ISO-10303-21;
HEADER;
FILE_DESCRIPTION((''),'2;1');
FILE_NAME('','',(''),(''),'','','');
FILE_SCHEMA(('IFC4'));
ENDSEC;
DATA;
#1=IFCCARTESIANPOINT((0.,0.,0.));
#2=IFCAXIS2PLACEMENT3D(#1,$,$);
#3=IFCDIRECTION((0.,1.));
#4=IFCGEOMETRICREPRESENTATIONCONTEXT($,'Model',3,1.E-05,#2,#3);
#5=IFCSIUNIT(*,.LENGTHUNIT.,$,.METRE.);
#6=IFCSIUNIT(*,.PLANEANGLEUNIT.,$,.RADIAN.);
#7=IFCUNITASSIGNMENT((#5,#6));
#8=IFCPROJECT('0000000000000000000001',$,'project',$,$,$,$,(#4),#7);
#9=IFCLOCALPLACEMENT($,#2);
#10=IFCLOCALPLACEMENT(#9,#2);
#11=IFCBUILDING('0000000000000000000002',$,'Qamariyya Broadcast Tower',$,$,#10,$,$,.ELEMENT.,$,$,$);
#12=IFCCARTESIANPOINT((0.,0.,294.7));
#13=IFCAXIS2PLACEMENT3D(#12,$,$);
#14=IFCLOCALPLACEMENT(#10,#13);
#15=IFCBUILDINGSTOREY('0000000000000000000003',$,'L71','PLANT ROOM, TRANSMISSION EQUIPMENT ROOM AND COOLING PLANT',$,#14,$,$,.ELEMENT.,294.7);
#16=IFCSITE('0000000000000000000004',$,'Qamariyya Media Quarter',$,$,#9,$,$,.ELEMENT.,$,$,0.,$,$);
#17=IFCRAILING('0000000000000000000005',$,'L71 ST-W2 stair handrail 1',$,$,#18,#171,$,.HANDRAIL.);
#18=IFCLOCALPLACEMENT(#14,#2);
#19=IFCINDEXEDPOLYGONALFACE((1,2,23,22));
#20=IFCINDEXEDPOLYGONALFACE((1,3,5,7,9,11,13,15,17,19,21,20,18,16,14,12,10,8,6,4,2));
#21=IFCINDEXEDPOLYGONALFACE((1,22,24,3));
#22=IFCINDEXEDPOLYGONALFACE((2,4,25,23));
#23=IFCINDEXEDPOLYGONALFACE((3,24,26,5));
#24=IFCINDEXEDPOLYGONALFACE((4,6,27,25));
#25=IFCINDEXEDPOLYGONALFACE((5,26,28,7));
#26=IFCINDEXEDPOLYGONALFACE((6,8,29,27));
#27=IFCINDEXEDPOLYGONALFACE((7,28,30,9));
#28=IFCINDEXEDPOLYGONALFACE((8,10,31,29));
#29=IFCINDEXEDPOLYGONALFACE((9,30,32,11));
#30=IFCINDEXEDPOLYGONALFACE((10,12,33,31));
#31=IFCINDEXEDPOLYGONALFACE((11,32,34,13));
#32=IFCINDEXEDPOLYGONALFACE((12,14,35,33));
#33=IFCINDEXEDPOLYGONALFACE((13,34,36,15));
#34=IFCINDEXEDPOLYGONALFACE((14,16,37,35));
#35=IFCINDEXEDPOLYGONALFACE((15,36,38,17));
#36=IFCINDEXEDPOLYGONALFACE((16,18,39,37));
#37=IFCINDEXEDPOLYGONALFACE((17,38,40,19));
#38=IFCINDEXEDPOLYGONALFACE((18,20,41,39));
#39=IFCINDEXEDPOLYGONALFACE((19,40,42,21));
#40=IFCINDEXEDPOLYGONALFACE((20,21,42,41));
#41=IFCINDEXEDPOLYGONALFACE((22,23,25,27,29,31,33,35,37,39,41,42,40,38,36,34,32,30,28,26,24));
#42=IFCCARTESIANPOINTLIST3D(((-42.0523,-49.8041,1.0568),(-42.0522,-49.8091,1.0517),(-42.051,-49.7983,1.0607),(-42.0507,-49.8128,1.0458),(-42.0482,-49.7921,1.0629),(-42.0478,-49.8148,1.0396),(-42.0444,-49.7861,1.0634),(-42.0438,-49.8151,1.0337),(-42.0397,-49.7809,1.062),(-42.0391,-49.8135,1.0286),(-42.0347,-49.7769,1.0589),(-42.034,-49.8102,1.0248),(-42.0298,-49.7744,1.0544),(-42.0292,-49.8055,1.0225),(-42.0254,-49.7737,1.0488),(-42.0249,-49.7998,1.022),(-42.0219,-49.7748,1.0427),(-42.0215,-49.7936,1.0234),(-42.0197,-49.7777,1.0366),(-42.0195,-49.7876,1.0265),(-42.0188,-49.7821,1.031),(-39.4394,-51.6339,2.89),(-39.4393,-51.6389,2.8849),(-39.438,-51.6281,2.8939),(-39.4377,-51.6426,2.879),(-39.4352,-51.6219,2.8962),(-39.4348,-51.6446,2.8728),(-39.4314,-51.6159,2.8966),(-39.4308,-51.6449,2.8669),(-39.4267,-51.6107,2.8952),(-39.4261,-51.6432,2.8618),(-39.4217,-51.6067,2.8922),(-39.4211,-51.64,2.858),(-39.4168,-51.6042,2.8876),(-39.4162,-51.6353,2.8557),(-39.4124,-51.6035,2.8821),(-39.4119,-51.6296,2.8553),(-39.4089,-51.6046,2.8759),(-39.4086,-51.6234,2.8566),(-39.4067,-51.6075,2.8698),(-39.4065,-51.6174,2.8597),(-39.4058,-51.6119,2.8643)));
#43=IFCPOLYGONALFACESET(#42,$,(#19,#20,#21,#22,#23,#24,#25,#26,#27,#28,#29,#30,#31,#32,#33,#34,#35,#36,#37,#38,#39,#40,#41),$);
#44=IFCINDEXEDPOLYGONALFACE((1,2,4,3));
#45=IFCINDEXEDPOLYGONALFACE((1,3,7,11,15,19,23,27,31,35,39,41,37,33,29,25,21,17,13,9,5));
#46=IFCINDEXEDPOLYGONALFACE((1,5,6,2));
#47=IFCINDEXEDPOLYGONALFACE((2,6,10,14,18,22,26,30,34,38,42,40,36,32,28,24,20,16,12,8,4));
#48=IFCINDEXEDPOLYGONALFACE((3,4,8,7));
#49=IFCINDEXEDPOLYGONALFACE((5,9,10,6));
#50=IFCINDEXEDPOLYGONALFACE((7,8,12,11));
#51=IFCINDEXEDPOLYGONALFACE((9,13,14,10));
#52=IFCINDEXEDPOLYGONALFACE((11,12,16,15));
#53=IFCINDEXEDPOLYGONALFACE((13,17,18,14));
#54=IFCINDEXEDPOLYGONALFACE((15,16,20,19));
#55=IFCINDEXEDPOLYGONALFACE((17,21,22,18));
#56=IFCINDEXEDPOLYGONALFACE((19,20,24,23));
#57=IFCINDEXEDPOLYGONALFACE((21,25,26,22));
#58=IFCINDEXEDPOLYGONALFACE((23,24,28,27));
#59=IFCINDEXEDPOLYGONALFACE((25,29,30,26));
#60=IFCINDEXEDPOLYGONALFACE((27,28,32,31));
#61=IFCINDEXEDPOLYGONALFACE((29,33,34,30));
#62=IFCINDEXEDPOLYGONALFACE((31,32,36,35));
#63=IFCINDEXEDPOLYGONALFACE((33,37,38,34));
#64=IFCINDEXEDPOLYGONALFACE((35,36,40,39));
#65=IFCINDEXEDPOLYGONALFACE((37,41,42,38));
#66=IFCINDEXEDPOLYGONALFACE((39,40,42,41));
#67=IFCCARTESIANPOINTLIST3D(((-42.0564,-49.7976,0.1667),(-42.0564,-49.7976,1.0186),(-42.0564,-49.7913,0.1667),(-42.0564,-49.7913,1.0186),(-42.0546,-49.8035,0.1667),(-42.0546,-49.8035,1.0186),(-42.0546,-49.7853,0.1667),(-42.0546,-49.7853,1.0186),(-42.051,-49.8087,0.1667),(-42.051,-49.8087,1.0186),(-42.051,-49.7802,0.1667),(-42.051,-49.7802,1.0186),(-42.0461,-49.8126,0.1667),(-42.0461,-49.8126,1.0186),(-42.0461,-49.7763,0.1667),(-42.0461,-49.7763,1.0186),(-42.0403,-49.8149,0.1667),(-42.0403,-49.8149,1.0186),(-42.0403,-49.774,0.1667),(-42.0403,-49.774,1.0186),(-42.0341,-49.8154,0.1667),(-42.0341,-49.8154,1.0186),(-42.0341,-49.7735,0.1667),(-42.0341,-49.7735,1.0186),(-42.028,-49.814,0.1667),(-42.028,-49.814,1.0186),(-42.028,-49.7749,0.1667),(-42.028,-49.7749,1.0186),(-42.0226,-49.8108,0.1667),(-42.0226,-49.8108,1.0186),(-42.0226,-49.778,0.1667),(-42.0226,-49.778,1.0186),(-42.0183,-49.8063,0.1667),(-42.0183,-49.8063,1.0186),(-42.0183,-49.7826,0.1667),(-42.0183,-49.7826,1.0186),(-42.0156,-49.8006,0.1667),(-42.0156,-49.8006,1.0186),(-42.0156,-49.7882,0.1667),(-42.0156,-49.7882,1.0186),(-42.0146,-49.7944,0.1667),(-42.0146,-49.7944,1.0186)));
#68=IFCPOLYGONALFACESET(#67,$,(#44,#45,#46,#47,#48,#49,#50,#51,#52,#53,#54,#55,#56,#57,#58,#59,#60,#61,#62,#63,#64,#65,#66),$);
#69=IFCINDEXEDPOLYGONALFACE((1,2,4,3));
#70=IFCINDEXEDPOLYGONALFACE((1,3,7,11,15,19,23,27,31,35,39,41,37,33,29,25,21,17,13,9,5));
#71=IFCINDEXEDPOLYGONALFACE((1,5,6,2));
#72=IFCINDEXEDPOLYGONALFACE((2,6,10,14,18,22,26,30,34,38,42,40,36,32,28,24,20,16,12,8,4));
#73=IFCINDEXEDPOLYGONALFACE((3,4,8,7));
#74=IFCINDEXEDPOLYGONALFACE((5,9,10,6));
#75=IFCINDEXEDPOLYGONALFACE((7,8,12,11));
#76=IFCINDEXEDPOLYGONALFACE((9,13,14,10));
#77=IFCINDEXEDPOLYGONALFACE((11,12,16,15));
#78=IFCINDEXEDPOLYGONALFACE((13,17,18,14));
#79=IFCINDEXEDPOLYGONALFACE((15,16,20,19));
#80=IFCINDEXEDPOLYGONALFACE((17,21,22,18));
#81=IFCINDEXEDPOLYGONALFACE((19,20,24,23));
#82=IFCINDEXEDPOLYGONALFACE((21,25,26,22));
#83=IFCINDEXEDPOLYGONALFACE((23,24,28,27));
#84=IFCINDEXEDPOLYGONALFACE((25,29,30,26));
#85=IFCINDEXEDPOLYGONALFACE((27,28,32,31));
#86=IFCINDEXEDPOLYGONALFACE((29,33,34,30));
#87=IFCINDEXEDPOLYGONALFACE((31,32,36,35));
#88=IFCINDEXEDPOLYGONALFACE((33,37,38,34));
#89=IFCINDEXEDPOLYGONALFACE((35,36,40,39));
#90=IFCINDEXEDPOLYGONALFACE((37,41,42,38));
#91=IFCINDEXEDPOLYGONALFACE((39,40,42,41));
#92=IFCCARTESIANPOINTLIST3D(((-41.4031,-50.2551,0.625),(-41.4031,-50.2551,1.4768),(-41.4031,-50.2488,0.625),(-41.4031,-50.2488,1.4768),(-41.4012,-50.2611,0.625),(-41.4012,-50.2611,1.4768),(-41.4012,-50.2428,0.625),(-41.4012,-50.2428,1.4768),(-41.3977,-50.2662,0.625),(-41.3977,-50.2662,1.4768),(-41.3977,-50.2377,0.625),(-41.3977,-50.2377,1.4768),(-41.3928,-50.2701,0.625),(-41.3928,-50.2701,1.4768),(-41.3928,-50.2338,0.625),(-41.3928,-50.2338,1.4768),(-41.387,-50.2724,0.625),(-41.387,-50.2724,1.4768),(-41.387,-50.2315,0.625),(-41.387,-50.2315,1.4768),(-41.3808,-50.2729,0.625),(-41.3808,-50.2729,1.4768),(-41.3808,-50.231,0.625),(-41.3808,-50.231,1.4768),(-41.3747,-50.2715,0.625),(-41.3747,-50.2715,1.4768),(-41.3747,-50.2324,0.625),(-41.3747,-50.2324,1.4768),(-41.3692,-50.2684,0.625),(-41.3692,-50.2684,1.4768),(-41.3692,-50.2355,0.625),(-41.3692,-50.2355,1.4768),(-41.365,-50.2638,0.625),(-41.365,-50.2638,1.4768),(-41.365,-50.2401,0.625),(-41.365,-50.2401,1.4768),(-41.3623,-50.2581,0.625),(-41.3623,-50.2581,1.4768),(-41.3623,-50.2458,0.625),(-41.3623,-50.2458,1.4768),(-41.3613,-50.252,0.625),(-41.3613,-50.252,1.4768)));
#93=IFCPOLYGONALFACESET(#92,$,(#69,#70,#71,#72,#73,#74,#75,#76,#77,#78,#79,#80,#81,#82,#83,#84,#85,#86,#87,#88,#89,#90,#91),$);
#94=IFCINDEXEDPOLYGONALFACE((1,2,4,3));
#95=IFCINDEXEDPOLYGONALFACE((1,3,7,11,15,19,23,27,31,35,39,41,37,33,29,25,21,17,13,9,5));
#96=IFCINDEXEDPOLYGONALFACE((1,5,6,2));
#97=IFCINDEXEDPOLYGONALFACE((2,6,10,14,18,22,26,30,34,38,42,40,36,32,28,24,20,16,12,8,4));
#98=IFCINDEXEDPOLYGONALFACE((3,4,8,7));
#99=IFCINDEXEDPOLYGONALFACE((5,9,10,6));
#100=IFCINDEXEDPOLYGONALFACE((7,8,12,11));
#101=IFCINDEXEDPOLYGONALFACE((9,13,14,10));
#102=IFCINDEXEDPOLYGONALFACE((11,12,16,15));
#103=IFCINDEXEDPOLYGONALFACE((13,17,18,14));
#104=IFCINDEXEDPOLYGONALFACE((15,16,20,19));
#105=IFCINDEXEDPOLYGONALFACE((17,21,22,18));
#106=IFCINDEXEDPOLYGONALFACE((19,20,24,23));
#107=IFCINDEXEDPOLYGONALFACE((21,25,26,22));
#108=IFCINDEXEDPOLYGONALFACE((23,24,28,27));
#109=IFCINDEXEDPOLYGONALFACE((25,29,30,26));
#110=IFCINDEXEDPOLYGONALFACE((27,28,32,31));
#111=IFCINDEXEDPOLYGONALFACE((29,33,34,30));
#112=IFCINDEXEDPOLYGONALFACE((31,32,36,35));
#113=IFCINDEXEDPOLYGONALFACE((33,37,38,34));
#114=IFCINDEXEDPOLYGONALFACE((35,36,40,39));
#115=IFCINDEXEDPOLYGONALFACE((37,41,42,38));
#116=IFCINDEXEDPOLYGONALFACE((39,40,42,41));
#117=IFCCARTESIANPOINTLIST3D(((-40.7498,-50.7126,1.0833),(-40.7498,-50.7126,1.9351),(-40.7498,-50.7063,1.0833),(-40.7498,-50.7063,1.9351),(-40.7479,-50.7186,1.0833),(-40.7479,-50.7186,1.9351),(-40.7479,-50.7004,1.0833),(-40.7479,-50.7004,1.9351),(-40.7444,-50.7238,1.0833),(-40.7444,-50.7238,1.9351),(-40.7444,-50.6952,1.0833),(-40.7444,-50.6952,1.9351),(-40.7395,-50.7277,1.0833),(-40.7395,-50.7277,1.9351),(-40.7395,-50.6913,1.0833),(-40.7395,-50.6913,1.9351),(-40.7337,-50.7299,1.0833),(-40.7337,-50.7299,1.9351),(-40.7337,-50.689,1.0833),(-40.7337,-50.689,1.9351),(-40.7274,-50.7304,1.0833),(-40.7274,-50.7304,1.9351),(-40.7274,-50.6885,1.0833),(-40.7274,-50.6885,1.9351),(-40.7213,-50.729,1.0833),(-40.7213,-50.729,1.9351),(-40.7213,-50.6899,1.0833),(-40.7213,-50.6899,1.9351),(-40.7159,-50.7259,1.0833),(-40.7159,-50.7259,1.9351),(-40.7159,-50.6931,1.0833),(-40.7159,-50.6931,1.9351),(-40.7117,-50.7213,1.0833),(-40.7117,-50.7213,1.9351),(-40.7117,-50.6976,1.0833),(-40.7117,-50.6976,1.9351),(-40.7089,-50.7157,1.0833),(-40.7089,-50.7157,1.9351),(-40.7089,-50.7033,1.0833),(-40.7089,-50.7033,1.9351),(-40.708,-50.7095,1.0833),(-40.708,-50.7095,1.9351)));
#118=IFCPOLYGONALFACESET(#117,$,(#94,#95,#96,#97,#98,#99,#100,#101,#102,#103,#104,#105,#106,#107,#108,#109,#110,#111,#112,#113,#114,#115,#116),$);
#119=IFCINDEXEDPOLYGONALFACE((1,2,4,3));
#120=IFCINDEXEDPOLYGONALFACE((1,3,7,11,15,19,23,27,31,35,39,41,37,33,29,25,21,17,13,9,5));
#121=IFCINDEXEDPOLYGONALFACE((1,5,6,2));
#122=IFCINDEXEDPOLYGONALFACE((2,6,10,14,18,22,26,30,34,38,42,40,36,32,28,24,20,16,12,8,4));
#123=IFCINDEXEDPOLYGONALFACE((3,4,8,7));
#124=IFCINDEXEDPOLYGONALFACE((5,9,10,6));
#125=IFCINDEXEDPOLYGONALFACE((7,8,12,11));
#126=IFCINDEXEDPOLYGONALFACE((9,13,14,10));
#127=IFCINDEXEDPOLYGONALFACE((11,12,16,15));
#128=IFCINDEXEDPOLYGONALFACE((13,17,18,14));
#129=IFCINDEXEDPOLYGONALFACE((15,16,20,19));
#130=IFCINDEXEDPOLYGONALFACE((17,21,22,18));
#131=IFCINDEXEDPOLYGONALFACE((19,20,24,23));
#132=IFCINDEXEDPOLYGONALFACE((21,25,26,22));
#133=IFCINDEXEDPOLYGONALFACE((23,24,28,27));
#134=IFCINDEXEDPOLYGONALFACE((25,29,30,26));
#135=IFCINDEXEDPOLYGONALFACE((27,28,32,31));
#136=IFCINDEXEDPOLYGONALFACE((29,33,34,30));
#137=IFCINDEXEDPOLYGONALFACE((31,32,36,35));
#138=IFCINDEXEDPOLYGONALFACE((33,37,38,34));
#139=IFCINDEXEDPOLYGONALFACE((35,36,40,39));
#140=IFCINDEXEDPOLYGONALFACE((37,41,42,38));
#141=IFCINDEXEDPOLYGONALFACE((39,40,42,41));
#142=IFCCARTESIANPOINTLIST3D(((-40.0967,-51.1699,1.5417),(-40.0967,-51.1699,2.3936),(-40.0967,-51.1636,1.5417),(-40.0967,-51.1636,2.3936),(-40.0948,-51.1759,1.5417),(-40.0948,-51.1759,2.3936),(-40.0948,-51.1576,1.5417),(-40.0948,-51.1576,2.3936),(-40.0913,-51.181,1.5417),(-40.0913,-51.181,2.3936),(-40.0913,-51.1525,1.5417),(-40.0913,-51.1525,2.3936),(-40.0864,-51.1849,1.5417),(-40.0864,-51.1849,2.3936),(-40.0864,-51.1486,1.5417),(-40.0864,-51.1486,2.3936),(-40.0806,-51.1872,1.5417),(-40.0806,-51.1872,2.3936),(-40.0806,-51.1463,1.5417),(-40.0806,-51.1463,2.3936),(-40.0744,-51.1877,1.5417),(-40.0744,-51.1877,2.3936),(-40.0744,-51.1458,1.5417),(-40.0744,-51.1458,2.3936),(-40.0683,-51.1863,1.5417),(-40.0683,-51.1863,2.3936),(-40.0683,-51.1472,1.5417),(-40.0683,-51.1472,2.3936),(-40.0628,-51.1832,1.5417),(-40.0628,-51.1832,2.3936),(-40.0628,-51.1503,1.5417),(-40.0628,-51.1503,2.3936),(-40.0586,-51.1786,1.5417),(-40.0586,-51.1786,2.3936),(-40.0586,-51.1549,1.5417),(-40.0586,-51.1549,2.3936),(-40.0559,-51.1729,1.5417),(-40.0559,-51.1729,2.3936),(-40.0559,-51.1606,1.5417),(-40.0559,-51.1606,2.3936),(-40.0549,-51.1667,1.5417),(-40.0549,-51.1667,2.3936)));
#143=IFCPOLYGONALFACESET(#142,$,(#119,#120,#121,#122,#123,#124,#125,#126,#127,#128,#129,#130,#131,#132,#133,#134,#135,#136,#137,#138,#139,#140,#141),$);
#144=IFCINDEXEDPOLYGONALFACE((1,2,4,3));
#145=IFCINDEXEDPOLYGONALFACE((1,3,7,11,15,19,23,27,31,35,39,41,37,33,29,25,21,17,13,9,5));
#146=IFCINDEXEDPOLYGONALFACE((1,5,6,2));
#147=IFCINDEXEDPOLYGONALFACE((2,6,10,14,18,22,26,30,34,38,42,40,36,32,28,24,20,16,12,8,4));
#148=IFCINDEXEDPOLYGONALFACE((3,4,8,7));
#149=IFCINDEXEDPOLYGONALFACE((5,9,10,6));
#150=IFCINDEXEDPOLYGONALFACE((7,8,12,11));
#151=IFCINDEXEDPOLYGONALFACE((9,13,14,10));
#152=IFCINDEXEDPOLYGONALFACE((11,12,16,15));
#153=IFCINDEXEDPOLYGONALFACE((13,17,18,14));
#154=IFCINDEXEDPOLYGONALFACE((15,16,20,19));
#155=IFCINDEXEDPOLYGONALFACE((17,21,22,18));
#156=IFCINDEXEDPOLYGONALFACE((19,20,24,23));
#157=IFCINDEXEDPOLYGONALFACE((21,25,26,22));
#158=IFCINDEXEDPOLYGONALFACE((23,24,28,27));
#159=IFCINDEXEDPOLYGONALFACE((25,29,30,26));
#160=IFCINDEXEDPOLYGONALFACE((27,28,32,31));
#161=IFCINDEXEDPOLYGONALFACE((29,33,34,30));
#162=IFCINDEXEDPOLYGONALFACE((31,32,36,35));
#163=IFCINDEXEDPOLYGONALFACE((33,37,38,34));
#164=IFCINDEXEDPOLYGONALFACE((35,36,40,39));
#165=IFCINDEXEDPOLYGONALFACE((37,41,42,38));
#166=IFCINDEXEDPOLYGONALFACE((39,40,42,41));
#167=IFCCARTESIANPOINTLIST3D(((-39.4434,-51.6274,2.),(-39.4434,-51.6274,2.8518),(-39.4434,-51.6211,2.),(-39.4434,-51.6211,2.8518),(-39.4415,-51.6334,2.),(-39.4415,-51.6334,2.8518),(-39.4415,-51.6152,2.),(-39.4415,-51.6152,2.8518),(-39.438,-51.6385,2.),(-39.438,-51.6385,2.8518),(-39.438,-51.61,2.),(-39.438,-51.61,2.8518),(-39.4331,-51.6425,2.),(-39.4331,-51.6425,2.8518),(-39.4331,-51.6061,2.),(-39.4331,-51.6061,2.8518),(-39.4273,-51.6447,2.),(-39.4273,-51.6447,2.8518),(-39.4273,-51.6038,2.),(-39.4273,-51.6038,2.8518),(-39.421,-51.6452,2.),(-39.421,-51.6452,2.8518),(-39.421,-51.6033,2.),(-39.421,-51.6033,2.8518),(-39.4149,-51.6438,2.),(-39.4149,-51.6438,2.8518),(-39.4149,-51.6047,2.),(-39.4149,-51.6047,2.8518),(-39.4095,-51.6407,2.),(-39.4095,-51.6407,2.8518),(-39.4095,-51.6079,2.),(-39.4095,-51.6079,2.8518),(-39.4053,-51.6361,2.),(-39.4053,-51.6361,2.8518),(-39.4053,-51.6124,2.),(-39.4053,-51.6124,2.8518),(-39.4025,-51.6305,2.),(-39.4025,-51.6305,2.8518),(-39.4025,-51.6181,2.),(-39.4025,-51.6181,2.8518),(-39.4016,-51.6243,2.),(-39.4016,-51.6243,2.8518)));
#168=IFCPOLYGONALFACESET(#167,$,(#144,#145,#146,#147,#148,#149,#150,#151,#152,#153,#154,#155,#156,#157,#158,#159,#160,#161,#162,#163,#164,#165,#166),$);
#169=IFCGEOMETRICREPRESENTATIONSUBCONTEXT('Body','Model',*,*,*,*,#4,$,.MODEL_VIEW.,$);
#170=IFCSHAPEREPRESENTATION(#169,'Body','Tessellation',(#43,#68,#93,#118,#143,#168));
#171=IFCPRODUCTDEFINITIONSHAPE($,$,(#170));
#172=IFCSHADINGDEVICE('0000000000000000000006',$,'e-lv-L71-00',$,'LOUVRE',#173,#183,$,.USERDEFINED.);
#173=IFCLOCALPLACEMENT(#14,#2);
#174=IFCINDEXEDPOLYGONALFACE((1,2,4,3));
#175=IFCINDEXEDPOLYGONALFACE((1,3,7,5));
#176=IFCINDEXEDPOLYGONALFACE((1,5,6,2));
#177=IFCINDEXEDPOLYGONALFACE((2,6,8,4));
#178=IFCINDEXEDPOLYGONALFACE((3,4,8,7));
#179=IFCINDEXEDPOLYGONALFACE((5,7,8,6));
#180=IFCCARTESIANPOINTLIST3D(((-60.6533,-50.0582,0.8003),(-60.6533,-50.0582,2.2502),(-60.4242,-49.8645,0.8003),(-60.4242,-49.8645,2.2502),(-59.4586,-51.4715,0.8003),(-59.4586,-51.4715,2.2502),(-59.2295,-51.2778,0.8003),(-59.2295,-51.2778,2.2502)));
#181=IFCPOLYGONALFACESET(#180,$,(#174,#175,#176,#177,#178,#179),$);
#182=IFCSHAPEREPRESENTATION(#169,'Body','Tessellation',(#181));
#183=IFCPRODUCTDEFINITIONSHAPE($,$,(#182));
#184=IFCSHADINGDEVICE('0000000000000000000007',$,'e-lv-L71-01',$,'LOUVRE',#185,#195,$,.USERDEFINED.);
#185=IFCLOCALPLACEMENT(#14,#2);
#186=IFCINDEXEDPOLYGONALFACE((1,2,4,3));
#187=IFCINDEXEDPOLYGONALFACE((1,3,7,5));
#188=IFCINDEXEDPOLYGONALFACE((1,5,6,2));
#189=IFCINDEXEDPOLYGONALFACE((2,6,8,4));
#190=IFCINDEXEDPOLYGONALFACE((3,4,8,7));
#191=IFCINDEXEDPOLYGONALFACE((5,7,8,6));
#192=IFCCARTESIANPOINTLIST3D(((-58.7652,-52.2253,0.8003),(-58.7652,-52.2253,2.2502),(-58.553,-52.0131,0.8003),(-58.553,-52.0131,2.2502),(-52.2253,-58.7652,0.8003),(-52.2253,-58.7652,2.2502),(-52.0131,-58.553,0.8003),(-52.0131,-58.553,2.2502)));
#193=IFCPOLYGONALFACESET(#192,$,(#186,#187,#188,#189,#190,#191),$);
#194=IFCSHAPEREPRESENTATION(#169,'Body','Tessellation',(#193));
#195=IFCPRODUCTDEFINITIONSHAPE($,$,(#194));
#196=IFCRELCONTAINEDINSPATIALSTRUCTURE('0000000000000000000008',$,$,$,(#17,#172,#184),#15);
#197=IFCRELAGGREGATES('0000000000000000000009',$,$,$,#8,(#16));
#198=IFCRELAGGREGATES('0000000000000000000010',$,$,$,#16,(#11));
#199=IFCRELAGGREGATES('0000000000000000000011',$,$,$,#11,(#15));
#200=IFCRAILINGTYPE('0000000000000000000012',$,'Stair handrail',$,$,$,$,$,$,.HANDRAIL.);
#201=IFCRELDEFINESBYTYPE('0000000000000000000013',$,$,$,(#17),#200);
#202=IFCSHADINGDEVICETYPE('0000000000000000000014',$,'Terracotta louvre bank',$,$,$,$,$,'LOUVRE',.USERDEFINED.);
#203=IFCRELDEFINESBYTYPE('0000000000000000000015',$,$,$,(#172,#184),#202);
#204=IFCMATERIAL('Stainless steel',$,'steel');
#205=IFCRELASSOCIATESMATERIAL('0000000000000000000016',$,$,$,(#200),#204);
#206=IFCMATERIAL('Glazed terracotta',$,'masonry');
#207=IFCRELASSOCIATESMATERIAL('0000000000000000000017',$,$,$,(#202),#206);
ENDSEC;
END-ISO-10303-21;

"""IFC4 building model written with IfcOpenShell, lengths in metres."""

from ifc_helpers import new_model, si_unit, direction, frame, origin, origin_2d, place, context, subcontext, project, spatial, rectangle, circle, extrude, material, type_object, element, save


model = new_model("IFC4")

# Units and contexts
model_context = context("Model", 3, precision=1e-05, world=origin(), true_north=direction((0.0, 1.0)))
body_context = subcontext(model_context, "Body", "Model", "MODEL_VIEW")
ifc_project = project(units=[si_unit("LENGTHUNIT", "METRE"), si_unit("PLANEANGLEUNIT", "RADIAN")], contexts=[model_context])

# Site, building, storey
site_placement = place(None, origin())
site = spatial("IfcSite", under=ifc_project, at=site_placement, Name="Qamariyya Media Quarter", CompositionType="ELEMENT", RefElevation=0.0)
building_placement = place(site_placement, origin())
building = spatial("IfcBuilding", under=site, at=building_placement, Name="Qamariyya Broadcast Tower", CompositionType="ELEMENT")
storey_placement = place(building_placement, frame((0.0, 0.0, 294.7)))
storey = spatial("IfcBuildingStorey", under=building, at=storey_placement, Name="L71", Description="PLANT ROOM, TRANSMISSION EQUIPMENT ROOM AND COOLING PLANT", CompositionType="ELEMENT", Elevation=294.7)

# Railing
ifc_material_1 = material(Name="Stainless steel", Category="steel")
railing_type_1 = type_object("IfcRailingType", Name="Stair handrail", PredefinedType="HANDRAIL", material=ifc_material_1)
railing_1_placement = place(storey_placement, frame((-42.0356, -49.7944, 0.1667)))
element("IfcRailing", 1, at=railing_1_placement, inside=storey, type_object=railing_type_1, Name="L71 ST-W2 stair handrail 1", PredefinedType="HANDRAIL", context=body_context, shape_type="SweptSolid", body=[
    extrude(circle(Radius=0.0239, at=origin_2d()), frame((0.0, 0.0, 0.876), z_axis=(0.710204, -0.497335, 0.498264), x_axis=(0.573611, 0.819128, 0.0)), (0.0, 0.0, 1.0), 3.6792),
    extrude(circle(Radius=0.021, at=origin_2d()), origin(), (0.0, 0.0, 1.0), 0.8518),
    extrude(circle(Radius=0.021, at=origin_2d()), frame((0.6533, -0.4575, 0.4583)), (0.0, 0.0, 1.0), 0.8518),
    extrude(circle(Radius=0.021, at=origin_2d()), frame((1.3066, -0.915, 0.9165)), (0.0, 0.0, 1.0), 0.8518),
    extrude(circle(Radius=0.021, at=origin_2d()), frame((1.9597, -1.3723, 1.375)), (0.0, 0.0, 1.0), 0.8518),
    extrude(circle(Radius=0.021, at=origin_2d()), frame((2.613, -1.8298, 1.8333)), (0.0, 0.0, 1.0), 0.8518),
])

# Shading devices
ifc_material_2 = material(Name="Glazed terracotta", Category="masonry")
shading_device_type = type_object("IfcShadingDeviceType", Name="Terracotta louvre bank", ElementType="LOUVRE", PredefinedType="USERDEFINED", material=ifc_material_2)
shading_device_1_placement = place(storey_placement, frame((-59.9414, -50.668, 0.8003), z_axis=(0.0, 0.0, 1.0), x_axis=(0.64556, -0.76371, 0.0)))
element("IfcShadingDevice", 2, at=shading_device_1_placement, inside=storey, type_object=shading_device_type, Name="e-lv-L71-00", ObjectType="LOUVRE", PredefinedType="USERDEFINED", context=body_context, shape_type="SweptSolid", body=[
    extrude(rectangle(XDim=1.8506, YDim=0.3, at=origin_2d()), origin(), (0.0, 0.0, 1.0), 1.45),
])
shading_device_2_placement = place(storey_placement, frame((-55.3892, -55.3892, 0.8003), z_axis=(0.0, 0.0, 1.0), x_axis=(0.707107, -0.707107, 0.0)))
element("IfcShadingDevice", 3, at=shading_device_2_placement, inside=storey, type_object=shading_device_type, Name="e-lv-L71-01", ObjectType="LOUVRE", PredefinedType="USERDEFINED", context=body_context, shape_type="SweptSolid", body=[
    extrude(rectangle(XDim=9.2488, YDim=0.3, at=origin_2d()), origin(), (0.0, 0.0, 1.0), 1.45),
])

save(model, "model.ifc")
